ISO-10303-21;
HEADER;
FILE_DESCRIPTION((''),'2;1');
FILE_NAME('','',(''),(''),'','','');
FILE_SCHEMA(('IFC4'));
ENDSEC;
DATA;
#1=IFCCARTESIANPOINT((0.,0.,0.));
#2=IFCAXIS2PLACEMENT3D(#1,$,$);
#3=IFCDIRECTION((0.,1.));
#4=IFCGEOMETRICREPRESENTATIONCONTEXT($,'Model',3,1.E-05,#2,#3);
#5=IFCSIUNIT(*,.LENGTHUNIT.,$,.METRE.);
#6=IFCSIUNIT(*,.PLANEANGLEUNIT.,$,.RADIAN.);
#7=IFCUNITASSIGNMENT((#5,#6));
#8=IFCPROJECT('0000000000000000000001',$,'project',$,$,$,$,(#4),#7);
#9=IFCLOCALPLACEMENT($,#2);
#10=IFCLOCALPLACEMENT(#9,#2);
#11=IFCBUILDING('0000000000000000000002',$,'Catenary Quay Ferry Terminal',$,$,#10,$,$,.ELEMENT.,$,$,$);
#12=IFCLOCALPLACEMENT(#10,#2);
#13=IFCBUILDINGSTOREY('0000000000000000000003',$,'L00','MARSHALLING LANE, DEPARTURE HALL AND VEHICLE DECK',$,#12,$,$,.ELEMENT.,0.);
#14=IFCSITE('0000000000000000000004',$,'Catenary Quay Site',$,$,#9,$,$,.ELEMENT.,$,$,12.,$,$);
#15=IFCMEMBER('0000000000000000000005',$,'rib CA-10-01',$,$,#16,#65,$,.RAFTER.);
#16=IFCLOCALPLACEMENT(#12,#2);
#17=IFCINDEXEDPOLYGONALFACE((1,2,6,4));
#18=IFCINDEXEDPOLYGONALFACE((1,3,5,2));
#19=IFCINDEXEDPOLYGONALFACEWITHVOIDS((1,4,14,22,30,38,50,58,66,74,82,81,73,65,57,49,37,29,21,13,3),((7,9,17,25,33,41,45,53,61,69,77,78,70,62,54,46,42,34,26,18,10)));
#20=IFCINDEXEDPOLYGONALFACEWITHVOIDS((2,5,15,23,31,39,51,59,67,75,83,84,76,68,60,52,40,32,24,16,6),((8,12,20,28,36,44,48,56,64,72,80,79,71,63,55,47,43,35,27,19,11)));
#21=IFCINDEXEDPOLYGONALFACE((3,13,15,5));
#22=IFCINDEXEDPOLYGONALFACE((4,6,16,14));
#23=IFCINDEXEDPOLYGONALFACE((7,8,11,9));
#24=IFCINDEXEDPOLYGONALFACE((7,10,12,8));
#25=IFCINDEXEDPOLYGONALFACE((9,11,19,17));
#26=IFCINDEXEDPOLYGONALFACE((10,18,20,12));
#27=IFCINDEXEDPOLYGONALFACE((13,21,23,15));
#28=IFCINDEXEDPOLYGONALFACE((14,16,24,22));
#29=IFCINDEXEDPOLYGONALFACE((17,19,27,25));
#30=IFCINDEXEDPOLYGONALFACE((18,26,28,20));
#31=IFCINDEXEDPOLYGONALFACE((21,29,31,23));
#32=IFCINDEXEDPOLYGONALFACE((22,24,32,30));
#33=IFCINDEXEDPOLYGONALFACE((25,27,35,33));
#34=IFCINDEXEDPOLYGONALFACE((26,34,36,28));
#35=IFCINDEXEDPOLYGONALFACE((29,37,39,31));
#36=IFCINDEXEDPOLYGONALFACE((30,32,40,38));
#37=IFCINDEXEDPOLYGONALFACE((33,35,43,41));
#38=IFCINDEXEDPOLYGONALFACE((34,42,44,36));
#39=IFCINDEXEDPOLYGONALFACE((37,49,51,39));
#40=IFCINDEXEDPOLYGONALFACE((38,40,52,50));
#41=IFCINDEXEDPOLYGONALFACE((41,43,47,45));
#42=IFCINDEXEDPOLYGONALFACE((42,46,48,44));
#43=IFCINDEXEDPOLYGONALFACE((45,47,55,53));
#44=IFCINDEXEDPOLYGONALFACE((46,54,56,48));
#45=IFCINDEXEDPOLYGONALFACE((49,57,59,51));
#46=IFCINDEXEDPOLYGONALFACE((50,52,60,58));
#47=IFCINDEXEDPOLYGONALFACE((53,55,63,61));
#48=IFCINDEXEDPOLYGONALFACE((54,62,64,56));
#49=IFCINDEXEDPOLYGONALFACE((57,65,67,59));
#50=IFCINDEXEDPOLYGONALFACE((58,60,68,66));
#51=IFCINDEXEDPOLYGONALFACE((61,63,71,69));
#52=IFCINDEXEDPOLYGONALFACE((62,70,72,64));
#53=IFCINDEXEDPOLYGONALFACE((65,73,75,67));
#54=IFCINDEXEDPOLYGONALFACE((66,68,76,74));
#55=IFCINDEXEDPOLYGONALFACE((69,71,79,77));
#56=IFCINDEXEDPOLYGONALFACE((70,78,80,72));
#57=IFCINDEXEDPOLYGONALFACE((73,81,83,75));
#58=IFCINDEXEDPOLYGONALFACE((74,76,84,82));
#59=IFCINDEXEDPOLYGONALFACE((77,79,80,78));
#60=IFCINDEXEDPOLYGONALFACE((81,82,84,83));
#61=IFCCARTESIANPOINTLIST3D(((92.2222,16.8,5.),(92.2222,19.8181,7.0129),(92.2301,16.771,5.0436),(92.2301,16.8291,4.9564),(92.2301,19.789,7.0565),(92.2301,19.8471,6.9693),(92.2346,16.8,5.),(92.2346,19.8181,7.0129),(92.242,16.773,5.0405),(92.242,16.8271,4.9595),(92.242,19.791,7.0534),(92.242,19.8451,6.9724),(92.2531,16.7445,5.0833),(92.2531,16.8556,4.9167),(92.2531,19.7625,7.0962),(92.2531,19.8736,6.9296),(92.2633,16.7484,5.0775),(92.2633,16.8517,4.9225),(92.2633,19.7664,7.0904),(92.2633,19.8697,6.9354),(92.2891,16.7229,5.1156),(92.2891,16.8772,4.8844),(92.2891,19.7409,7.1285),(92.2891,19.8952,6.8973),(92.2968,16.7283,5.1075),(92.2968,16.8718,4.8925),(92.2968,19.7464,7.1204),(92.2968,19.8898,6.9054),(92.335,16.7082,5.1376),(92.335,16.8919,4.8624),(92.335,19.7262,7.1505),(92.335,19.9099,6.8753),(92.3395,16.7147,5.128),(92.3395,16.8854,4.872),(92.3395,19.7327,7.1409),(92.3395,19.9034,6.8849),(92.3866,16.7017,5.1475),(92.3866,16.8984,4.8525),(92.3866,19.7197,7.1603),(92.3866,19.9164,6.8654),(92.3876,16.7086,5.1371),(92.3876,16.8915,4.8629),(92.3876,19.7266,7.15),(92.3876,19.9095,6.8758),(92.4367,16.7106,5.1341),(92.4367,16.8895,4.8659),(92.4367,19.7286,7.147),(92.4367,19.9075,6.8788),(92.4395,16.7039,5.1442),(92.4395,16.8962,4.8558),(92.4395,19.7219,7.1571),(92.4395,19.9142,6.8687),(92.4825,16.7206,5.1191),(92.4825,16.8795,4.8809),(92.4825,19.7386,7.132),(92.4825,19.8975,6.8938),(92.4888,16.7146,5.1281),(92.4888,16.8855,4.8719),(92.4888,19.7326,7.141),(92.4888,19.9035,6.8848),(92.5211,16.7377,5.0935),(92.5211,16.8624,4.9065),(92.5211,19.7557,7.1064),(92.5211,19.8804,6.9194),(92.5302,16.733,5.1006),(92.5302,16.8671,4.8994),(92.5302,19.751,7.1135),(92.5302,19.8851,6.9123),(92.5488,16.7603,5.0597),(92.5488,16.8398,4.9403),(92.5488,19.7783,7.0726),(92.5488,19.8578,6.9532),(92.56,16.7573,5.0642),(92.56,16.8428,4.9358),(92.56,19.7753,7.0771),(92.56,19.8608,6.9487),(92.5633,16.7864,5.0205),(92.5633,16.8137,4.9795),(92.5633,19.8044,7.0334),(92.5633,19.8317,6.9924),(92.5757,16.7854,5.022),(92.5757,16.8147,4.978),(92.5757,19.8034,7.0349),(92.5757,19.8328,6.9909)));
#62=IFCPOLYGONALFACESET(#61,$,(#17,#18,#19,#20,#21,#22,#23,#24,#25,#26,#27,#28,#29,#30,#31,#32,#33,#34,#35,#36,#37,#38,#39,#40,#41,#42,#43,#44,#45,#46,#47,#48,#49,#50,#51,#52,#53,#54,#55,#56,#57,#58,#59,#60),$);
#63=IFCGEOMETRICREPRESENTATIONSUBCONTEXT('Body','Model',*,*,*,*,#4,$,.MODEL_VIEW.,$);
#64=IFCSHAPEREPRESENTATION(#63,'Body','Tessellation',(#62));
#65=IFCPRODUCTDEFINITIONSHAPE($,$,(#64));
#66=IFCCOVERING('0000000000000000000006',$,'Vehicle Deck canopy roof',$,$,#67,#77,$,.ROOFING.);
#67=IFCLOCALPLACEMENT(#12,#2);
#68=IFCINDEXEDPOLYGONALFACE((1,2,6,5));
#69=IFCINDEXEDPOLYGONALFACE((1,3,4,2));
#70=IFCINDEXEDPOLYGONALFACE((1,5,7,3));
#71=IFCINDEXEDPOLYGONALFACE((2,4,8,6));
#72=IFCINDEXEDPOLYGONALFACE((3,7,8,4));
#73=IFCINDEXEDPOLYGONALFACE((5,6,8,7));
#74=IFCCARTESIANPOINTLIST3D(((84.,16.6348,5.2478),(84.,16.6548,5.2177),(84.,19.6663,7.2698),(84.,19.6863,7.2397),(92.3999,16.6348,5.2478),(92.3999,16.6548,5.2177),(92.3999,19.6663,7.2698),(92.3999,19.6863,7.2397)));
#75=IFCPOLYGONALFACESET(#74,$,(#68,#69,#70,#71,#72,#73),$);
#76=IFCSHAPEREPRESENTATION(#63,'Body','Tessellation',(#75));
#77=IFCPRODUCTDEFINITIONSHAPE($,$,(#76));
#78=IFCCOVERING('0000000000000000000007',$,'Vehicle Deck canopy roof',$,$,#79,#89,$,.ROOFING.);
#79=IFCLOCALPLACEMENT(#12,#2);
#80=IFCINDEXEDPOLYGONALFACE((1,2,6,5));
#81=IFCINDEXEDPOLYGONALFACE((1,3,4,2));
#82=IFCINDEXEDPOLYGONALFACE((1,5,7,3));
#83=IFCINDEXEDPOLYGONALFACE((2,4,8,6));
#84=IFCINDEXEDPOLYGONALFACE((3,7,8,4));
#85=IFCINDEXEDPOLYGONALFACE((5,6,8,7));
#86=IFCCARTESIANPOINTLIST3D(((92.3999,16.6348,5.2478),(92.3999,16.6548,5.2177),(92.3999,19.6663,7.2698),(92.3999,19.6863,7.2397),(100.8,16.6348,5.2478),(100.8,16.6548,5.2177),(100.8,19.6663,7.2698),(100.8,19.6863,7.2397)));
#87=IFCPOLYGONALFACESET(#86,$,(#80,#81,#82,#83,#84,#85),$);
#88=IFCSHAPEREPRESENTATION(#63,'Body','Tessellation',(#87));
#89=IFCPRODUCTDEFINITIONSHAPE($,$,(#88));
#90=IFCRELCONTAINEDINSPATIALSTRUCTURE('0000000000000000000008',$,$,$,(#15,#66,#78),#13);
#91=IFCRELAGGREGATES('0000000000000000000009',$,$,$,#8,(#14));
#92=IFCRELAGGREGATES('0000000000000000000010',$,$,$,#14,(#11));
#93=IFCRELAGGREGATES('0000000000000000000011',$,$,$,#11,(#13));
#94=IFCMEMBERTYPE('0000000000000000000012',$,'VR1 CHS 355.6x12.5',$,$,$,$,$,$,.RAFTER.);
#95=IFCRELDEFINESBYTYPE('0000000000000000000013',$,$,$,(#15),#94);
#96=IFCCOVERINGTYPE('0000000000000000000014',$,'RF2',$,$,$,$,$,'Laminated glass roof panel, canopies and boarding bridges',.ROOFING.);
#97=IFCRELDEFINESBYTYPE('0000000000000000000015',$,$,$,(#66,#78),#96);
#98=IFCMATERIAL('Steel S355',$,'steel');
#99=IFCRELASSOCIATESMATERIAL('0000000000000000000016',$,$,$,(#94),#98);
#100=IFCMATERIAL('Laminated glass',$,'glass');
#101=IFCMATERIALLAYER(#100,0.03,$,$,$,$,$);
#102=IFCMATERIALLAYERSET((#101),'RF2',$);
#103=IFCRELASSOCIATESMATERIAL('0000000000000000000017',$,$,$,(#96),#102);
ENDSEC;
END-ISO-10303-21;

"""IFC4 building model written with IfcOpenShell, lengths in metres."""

from ifc_helpers import new_model, si_unit, direction, frame, origin, origin_2d, place, context, subcontext, project, spatial, polyline, hollow_circle, outline, extrude, material, layer, layer_set, material_profile, profile_set, type_object, element, save


model = new_model("IFC4")

# Units and contexts
model_context = context("Model", 3, precision=1e-05, world=origin(), true_north=direction((0.0, 1.0)))
body_context = subcontext(model_context, "Body", "Model", "MODEL_VIEW")
ifc_project = project(units=[si_unit("LENGTHUNIT", "METRE"), si_unit("PLANEANGLEUNIT", "RADIAN")], contexts=[model_context])

# Site, building, storey
site_placement = place(None, origin())
site = spatial("IfcSite", under=ifc_project, at=site_placement, Name="Catenary Quay Site", CompositionType="ELEMENT", RefElevation=12.0)
building_placement = place(site_placement, origin())
building = spatial("IfcBuilding", under=site, at=building_placement, Name="Catenary Quay Ferry Terminal", CompositionType="ELEMENT")
storey_placement = place(building_placement, origin())
storey = spatial("IfcBuildingStorey", under=building, at=storey_placement, Name="L00", Description="MARSHALLING LANE, DEPARTURE HALL AND VEHICLE DECK", CompositionType="ELEMENT", Elevation=0.0)

# Member
ifc_material_1 = material(Name="Steel S355", Category="steel")
ifc_material_profile_1 = material_profile(ifc_material_1, hollow_circle(Radius=0.1777, WallThickness=0.0125, at=origin_2d()), Name="CHS 355.6x12.5")
ifc_profile_set_1 = profile_set([ifc_material_profile_1], Name="Steel S355")
member_type = type_object("IfcMemberType", Name="VR1 CHS 355.6x12.5", PredefinedType="RAFTER", material=ifc_profile_set_1)
for number, where, z_axis, x_axis, name in (
    (1, (92.3999, 16.8, 5.0), (0.0, 0.831936, 0.554871), (-1.0, 0.0, 0.0), "rib CA-10-01"),
):
    element("IfcMember", number, at=place(storey_placement, frame(where, z_axis=z_axis, x_axis=x_axis)), inside=storey, type_object=member_type, Name=name, PredefinedType="RAFTER", context=body_context, shape_type="SweptSolid", body=[
        extrude(hollow_circle(Radius=0.1777, WallThickness=0.0125, at=origin_2d()), origin(), (0.0, 0.0, 1.0), 3.6277),
    ])

# Coverings
ifc_material_2 = material(Name="Laminated glass", Category="glass")
ifc_layer = layer(ifc_material_2, 0.03)
ifc_layer_set = layer_set([ifc_layer], Name="RF2")
covering_type = type_object("IfcCoveringType", Name="RF2", ElementType="Laminated glass roof panel, canopies and boarding bridges", PredefinedType="ROOFING", material=ifc_layer_set)
covering_1_placement = place(storey_placement, frame((84.0, 16.6348, 5.2478), z_axis=(0.0, -0.554886, 0.831927), x_axis=(1.0, 0.0, 0.0)))
element("IfcCovering", 2, at=covering_1_placement, inside=storey, type_object=covering_type, Name="Vehicle Deck canopy roof", PredefinedType="ROOFING", context=body_context, shape_type="SweptSolid", body=[
    extrude(outline(polyline([(0.0, 0.0), (8.3999, 0.0), (8.3999, 3.6439), (0.0, 3.6439), (0.0, 0.0)])), origin(), (0.0, 0.0, -1.0), 0.0361),
])
covering_2_placement = place(storey_placement, frame((92.3999, 16.6348, 5.2478), z_axis=(0.0, -0.554886, 0.831927), x_axis=(1.0, 0.0, 0.0)))
element("IfcCovering", 3, at=covering_2_placement, inside=storey, type_object=covering_type, Name="Vehicle Deck canopy roof", PredefinedType="ROOFING", context=body_context, shape_type="SweptSolid", body=[
    extrude(outline(polyline([(0.0, 0.0), (8.4001, 0.0), (8.4001, 3.6439), (0.0, 3.6439), (0.0, 0.0)])), origin(), (0.0, 0.0, -1.0), 0.0361),
])

save(model, "model.ifc")
